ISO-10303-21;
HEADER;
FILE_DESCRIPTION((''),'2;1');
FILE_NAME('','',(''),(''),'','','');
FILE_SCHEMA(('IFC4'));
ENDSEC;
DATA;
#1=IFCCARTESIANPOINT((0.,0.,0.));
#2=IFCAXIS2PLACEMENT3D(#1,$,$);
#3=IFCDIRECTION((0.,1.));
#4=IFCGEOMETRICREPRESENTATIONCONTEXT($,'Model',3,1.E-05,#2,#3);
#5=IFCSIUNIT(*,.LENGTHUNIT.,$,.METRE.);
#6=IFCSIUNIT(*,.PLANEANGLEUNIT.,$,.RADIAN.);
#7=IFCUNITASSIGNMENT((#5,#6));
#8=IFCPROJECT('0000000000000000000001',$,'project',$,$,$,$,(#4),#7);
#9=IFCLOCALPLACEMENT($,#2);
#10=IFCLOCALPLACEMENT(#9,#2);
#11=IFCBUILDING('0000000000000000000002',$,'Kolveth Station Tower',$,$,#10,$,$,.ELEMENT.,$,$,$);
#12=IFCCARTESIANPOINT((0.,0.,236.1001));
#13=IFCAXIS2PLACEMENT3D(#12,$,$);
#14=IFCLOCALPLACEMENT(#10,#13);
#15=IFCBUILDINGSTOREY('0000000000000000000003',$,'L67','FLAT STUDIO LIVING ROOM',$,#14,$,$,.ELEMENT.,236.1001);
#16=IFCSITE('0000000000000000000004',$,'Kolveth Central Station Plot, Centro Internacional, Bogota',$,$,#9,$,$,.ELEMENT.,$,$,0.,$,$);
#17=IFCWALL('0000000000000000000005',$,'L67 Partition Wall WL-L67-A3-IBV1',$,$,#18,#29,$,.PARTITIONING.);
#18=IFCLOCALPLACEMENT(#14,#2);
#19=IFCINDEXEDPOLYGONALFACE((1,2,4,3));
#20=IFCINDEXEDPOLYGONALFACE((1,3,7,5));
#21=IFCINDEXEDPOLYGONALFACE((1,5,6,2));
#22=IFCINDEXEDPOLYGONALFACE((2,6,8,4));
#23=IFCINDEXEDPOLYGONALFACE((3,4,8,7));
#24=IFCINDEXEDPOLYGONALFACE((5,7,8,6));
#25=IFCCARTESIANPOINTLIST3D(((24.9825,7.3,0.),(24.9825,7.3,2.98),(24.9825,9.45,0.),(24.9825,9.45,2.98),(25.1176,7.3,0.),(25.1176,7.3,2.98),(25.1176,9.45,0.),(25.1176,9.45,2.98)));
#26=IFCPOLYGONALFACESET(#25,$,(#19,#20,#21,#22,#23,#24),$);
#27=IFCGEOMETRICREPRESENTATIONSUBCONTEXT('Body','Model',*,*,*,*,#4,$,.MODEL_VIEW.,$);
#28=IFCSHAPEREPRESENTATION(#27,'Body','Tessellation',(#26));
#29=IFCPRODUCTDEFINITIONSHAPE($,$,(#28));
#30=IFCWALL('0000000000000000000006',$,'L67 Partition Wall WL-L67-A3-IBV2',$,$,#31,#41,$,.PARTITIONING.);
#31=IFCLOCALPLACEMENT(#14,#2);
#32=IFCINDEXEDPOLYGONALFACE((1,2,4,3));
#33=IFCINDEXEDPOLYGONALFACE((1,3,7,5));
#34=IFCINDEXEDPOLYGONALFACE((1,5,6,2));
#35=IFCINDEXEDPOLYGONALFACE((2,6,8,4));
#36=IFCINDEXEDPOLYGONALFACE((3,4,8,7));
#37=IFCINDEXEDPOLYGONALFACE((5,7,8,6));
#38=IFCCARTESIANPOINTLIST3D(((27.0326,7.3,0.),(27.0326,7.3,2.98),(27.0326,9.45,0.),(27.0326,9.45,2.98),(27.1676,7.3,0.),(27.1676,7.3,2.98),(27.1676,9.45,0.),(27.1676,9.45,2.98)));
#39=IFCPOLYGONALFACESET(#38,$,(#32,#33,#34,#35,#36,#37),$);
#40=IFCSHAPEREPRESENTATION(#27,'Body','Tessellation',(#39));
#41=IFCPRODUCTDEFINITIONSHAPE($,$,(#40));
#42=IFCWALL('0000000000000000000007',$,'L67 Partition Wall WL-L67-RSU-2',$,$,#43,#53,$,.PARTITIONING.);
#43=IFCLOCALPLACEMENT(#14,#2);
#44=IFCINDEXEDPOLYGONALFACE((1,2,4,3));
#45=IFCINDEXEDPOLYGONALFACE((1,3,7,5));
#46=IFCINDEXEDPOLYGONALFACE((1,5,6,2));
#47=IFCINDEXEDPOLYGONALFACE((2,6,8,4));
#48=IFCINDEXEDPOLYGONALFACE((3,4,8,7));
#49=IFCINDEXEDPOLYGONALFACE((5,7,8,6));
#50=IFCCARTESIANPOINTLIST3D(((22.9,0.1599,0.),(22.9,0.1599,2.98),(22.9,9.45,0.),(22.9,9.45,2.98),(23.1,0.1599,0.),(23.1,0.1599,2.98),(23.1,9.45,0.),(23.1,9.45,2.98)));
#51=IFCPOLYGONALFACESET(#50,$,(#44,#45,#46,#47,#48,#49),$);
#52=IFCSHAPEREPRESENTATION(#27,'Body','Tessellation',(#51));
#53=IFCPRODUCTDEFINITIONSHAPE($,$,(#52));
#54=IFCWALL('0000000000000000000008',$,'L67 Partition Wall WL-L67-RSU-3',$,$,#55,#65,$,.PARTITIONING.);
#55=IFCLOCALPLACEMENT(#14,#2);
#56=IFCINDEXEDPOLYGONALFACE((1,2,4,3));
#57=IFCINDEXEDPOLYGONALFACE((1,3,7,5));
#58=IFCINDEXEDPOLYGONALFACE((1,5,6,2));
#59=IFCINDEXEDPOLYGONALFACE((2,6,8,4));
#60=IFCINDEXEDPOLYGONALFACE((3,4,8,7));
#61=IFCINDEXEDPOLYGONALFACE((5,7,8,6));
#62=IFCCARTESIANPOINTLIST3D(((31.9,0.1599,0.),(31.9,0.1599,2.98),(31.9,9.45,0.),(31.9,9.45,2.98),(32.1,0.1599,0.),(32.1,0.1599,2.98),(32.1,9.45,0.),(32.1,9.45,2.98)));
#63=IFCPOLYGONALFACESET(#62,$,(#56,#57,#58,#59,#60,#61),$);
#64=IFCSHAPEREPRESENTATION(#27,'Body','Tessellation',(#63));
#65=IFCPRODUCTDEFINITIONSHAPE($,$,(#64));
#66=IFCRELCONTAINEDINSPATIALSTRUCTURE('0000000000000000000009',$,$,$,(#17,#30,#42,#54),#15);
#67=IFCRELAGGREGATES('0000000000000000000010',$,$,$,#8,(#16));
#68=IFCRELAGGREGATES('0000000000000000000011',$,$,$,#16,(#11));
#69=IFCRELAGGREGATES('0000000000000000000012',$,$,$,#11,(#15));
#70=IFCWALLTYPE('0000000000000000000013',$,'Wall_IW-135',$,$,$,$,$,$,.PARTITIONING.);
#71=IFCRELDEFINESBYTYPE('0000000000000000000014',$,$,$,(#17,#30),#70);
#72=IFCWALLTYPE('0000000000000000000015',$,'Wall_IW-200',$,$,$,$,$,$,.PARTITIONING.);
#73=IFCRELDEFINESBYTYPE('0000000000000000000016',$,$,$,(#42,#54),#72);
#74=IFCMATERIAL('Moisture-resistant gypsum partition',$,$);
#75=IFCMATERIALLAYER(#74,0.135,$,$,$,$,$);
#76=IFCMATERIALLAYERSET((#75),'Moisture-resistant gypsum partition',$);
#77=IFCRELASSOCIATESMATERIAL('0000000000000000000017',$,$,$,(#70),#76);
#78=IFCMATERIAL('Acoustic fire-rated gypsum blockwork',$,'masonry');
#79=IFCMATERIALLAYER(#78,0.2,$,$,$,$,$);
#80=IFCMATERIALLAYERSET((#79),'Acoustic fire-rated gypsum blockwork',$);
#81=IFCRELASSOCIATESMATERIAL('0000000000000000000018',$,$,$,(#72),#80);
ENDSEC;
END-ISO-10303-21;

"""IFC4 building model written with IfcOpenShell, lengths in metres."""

from ifc_helpers import new_model, si_unit, direction, frame, frame_2d, origin, place, context, subcontext, project, spatial, rectangle, extrude, material, layer, layer_set, type_object, element, save


model = new_model("IFC4")

# Units and contexts
model_context = context("Model", 3, precision=1e-05, world=origin(), true_north=direction((0.0, 1.0)))
body_context = subcontext(model_context, "Body", "Model", "MODEL_VIEW")
ifc_project = project(units=[si_unit("LENGTHUNIT", "METRE"), si_unit("PLANEANGLEUNIT", "RADIAN")], contexts=[model_context])

# Site, building, storey
site_placement = place(None, origin())
site = spatial("IfcSite", under=ifc_project, at=site_placement, Name="Kolveth Central Station Plot, Centro Internacional, Bogota", CompositionType="ELEMENT", RefElevation=0.0)
building_placement = place(site_placement, origin())
building = spatial("IfcBuilding", under=site, at=building_placement, Name="Kolveth Station Tower", CompositionType="ELEMENT")
storey_placement = place(building_placement, frame((0.0, 0.0, 236.1001)))
storey = spatial("IfcBuildingStorey", under=building, at=storey_placement, Name="L67", Description="FLAT STUDIO LIVING ROOM", CompositionType="ELEMENT", Elevation=236.1001)

# Shared definitions
ifc_material_1 = material(Name="Moisture-resistant gypsum partition")
ifc_layer_1 = layer(ifc_material_1, 0.135)
ifc_layer_set_1 = layer_set([ifc_layer_1], Name="Moisture-resistant gypsum partition")
wall_type_1 = type_object("IfcWallType", Name="Wall_IW-135", PredefinedType="PARTITIONING", material=ifc_layer_set_1)

# Walls
for number, where, z_axis, x_axis, name in (
    (1, (25.05, 7.3, 0.0), (0.0, 0.0, 1.0), (0.0, 1.0, 0.0), "L67 Partition Wall WL-L67-A3-IBV1"),
    (2, (27.1001, 7.3, 0.0), (0.0, 0.0, 1.0), (0.0, 1.0, 0.0), "L67 Partition Wall WL-L67-A3-IBV2"),
):
    element("IfcWall", number, at=place(storey_placement, frame(where, z_axis=z_axis, x_axis=x_axis)), inside=storey, type_object=wall_type_1, Name=name, PredefinedType="PARTITIONING", context=body_context, shape_type="SweptSolid", body=[
        extrude(rectangle(XDim=2.1499, YDim=0.135, at=frame_2d((1.075, 0.0))), origin(), (0.0, 0.0, 1.0), 2.98),
    ])
ifc_material_2 = material(Name="Acoustic fire-rated gypsum blockwork", Category="masonry")
ifc_layer_2 = layer(ifc_material_2, 0.2)
ifc_layer_set_2 = layer_set([ifc_layer_2], Name="Acoustic fire-rated gypsum blockwork")
wall_type_2 = type_object("IfcWallType", Name="Wall_IW-200", PredefinedType="PARTITIONING", material=ifc_layer_set_2)
for number, where, z_axis, x_axis, name in (
    (3, (23.0, 0.1599, 0.0), (0.0, 0.0, 1.0), (0.0, 1.0, 0.0), "L67 Partition Wall WL-L67-RSU-2"),
    (4, (32.0, 0.1599, 0.0), (0.0, 0.0, 1.0), (0.0, 1.0, 0.0), "L67 Partition Wall WL-L67-RSU-3"),
):
    element("IfcWall", number, at=place(storey_placement, frame(where, z_axis=z_axis, x_axis=x_axis)), inside=storey, type_object=wall_type_2, Name=name, PredefinedType="PARTITIONING", context=body_context, shape_type="SweptSolid", body=[
        extrude(rectangle(XDim=9.29, YDim=0.2, at=frame_2d((4.645, 0.0))), origin(), (0.0, 0.0, 1.0), 2.98),
    ])

save(model, "model.ifc")
